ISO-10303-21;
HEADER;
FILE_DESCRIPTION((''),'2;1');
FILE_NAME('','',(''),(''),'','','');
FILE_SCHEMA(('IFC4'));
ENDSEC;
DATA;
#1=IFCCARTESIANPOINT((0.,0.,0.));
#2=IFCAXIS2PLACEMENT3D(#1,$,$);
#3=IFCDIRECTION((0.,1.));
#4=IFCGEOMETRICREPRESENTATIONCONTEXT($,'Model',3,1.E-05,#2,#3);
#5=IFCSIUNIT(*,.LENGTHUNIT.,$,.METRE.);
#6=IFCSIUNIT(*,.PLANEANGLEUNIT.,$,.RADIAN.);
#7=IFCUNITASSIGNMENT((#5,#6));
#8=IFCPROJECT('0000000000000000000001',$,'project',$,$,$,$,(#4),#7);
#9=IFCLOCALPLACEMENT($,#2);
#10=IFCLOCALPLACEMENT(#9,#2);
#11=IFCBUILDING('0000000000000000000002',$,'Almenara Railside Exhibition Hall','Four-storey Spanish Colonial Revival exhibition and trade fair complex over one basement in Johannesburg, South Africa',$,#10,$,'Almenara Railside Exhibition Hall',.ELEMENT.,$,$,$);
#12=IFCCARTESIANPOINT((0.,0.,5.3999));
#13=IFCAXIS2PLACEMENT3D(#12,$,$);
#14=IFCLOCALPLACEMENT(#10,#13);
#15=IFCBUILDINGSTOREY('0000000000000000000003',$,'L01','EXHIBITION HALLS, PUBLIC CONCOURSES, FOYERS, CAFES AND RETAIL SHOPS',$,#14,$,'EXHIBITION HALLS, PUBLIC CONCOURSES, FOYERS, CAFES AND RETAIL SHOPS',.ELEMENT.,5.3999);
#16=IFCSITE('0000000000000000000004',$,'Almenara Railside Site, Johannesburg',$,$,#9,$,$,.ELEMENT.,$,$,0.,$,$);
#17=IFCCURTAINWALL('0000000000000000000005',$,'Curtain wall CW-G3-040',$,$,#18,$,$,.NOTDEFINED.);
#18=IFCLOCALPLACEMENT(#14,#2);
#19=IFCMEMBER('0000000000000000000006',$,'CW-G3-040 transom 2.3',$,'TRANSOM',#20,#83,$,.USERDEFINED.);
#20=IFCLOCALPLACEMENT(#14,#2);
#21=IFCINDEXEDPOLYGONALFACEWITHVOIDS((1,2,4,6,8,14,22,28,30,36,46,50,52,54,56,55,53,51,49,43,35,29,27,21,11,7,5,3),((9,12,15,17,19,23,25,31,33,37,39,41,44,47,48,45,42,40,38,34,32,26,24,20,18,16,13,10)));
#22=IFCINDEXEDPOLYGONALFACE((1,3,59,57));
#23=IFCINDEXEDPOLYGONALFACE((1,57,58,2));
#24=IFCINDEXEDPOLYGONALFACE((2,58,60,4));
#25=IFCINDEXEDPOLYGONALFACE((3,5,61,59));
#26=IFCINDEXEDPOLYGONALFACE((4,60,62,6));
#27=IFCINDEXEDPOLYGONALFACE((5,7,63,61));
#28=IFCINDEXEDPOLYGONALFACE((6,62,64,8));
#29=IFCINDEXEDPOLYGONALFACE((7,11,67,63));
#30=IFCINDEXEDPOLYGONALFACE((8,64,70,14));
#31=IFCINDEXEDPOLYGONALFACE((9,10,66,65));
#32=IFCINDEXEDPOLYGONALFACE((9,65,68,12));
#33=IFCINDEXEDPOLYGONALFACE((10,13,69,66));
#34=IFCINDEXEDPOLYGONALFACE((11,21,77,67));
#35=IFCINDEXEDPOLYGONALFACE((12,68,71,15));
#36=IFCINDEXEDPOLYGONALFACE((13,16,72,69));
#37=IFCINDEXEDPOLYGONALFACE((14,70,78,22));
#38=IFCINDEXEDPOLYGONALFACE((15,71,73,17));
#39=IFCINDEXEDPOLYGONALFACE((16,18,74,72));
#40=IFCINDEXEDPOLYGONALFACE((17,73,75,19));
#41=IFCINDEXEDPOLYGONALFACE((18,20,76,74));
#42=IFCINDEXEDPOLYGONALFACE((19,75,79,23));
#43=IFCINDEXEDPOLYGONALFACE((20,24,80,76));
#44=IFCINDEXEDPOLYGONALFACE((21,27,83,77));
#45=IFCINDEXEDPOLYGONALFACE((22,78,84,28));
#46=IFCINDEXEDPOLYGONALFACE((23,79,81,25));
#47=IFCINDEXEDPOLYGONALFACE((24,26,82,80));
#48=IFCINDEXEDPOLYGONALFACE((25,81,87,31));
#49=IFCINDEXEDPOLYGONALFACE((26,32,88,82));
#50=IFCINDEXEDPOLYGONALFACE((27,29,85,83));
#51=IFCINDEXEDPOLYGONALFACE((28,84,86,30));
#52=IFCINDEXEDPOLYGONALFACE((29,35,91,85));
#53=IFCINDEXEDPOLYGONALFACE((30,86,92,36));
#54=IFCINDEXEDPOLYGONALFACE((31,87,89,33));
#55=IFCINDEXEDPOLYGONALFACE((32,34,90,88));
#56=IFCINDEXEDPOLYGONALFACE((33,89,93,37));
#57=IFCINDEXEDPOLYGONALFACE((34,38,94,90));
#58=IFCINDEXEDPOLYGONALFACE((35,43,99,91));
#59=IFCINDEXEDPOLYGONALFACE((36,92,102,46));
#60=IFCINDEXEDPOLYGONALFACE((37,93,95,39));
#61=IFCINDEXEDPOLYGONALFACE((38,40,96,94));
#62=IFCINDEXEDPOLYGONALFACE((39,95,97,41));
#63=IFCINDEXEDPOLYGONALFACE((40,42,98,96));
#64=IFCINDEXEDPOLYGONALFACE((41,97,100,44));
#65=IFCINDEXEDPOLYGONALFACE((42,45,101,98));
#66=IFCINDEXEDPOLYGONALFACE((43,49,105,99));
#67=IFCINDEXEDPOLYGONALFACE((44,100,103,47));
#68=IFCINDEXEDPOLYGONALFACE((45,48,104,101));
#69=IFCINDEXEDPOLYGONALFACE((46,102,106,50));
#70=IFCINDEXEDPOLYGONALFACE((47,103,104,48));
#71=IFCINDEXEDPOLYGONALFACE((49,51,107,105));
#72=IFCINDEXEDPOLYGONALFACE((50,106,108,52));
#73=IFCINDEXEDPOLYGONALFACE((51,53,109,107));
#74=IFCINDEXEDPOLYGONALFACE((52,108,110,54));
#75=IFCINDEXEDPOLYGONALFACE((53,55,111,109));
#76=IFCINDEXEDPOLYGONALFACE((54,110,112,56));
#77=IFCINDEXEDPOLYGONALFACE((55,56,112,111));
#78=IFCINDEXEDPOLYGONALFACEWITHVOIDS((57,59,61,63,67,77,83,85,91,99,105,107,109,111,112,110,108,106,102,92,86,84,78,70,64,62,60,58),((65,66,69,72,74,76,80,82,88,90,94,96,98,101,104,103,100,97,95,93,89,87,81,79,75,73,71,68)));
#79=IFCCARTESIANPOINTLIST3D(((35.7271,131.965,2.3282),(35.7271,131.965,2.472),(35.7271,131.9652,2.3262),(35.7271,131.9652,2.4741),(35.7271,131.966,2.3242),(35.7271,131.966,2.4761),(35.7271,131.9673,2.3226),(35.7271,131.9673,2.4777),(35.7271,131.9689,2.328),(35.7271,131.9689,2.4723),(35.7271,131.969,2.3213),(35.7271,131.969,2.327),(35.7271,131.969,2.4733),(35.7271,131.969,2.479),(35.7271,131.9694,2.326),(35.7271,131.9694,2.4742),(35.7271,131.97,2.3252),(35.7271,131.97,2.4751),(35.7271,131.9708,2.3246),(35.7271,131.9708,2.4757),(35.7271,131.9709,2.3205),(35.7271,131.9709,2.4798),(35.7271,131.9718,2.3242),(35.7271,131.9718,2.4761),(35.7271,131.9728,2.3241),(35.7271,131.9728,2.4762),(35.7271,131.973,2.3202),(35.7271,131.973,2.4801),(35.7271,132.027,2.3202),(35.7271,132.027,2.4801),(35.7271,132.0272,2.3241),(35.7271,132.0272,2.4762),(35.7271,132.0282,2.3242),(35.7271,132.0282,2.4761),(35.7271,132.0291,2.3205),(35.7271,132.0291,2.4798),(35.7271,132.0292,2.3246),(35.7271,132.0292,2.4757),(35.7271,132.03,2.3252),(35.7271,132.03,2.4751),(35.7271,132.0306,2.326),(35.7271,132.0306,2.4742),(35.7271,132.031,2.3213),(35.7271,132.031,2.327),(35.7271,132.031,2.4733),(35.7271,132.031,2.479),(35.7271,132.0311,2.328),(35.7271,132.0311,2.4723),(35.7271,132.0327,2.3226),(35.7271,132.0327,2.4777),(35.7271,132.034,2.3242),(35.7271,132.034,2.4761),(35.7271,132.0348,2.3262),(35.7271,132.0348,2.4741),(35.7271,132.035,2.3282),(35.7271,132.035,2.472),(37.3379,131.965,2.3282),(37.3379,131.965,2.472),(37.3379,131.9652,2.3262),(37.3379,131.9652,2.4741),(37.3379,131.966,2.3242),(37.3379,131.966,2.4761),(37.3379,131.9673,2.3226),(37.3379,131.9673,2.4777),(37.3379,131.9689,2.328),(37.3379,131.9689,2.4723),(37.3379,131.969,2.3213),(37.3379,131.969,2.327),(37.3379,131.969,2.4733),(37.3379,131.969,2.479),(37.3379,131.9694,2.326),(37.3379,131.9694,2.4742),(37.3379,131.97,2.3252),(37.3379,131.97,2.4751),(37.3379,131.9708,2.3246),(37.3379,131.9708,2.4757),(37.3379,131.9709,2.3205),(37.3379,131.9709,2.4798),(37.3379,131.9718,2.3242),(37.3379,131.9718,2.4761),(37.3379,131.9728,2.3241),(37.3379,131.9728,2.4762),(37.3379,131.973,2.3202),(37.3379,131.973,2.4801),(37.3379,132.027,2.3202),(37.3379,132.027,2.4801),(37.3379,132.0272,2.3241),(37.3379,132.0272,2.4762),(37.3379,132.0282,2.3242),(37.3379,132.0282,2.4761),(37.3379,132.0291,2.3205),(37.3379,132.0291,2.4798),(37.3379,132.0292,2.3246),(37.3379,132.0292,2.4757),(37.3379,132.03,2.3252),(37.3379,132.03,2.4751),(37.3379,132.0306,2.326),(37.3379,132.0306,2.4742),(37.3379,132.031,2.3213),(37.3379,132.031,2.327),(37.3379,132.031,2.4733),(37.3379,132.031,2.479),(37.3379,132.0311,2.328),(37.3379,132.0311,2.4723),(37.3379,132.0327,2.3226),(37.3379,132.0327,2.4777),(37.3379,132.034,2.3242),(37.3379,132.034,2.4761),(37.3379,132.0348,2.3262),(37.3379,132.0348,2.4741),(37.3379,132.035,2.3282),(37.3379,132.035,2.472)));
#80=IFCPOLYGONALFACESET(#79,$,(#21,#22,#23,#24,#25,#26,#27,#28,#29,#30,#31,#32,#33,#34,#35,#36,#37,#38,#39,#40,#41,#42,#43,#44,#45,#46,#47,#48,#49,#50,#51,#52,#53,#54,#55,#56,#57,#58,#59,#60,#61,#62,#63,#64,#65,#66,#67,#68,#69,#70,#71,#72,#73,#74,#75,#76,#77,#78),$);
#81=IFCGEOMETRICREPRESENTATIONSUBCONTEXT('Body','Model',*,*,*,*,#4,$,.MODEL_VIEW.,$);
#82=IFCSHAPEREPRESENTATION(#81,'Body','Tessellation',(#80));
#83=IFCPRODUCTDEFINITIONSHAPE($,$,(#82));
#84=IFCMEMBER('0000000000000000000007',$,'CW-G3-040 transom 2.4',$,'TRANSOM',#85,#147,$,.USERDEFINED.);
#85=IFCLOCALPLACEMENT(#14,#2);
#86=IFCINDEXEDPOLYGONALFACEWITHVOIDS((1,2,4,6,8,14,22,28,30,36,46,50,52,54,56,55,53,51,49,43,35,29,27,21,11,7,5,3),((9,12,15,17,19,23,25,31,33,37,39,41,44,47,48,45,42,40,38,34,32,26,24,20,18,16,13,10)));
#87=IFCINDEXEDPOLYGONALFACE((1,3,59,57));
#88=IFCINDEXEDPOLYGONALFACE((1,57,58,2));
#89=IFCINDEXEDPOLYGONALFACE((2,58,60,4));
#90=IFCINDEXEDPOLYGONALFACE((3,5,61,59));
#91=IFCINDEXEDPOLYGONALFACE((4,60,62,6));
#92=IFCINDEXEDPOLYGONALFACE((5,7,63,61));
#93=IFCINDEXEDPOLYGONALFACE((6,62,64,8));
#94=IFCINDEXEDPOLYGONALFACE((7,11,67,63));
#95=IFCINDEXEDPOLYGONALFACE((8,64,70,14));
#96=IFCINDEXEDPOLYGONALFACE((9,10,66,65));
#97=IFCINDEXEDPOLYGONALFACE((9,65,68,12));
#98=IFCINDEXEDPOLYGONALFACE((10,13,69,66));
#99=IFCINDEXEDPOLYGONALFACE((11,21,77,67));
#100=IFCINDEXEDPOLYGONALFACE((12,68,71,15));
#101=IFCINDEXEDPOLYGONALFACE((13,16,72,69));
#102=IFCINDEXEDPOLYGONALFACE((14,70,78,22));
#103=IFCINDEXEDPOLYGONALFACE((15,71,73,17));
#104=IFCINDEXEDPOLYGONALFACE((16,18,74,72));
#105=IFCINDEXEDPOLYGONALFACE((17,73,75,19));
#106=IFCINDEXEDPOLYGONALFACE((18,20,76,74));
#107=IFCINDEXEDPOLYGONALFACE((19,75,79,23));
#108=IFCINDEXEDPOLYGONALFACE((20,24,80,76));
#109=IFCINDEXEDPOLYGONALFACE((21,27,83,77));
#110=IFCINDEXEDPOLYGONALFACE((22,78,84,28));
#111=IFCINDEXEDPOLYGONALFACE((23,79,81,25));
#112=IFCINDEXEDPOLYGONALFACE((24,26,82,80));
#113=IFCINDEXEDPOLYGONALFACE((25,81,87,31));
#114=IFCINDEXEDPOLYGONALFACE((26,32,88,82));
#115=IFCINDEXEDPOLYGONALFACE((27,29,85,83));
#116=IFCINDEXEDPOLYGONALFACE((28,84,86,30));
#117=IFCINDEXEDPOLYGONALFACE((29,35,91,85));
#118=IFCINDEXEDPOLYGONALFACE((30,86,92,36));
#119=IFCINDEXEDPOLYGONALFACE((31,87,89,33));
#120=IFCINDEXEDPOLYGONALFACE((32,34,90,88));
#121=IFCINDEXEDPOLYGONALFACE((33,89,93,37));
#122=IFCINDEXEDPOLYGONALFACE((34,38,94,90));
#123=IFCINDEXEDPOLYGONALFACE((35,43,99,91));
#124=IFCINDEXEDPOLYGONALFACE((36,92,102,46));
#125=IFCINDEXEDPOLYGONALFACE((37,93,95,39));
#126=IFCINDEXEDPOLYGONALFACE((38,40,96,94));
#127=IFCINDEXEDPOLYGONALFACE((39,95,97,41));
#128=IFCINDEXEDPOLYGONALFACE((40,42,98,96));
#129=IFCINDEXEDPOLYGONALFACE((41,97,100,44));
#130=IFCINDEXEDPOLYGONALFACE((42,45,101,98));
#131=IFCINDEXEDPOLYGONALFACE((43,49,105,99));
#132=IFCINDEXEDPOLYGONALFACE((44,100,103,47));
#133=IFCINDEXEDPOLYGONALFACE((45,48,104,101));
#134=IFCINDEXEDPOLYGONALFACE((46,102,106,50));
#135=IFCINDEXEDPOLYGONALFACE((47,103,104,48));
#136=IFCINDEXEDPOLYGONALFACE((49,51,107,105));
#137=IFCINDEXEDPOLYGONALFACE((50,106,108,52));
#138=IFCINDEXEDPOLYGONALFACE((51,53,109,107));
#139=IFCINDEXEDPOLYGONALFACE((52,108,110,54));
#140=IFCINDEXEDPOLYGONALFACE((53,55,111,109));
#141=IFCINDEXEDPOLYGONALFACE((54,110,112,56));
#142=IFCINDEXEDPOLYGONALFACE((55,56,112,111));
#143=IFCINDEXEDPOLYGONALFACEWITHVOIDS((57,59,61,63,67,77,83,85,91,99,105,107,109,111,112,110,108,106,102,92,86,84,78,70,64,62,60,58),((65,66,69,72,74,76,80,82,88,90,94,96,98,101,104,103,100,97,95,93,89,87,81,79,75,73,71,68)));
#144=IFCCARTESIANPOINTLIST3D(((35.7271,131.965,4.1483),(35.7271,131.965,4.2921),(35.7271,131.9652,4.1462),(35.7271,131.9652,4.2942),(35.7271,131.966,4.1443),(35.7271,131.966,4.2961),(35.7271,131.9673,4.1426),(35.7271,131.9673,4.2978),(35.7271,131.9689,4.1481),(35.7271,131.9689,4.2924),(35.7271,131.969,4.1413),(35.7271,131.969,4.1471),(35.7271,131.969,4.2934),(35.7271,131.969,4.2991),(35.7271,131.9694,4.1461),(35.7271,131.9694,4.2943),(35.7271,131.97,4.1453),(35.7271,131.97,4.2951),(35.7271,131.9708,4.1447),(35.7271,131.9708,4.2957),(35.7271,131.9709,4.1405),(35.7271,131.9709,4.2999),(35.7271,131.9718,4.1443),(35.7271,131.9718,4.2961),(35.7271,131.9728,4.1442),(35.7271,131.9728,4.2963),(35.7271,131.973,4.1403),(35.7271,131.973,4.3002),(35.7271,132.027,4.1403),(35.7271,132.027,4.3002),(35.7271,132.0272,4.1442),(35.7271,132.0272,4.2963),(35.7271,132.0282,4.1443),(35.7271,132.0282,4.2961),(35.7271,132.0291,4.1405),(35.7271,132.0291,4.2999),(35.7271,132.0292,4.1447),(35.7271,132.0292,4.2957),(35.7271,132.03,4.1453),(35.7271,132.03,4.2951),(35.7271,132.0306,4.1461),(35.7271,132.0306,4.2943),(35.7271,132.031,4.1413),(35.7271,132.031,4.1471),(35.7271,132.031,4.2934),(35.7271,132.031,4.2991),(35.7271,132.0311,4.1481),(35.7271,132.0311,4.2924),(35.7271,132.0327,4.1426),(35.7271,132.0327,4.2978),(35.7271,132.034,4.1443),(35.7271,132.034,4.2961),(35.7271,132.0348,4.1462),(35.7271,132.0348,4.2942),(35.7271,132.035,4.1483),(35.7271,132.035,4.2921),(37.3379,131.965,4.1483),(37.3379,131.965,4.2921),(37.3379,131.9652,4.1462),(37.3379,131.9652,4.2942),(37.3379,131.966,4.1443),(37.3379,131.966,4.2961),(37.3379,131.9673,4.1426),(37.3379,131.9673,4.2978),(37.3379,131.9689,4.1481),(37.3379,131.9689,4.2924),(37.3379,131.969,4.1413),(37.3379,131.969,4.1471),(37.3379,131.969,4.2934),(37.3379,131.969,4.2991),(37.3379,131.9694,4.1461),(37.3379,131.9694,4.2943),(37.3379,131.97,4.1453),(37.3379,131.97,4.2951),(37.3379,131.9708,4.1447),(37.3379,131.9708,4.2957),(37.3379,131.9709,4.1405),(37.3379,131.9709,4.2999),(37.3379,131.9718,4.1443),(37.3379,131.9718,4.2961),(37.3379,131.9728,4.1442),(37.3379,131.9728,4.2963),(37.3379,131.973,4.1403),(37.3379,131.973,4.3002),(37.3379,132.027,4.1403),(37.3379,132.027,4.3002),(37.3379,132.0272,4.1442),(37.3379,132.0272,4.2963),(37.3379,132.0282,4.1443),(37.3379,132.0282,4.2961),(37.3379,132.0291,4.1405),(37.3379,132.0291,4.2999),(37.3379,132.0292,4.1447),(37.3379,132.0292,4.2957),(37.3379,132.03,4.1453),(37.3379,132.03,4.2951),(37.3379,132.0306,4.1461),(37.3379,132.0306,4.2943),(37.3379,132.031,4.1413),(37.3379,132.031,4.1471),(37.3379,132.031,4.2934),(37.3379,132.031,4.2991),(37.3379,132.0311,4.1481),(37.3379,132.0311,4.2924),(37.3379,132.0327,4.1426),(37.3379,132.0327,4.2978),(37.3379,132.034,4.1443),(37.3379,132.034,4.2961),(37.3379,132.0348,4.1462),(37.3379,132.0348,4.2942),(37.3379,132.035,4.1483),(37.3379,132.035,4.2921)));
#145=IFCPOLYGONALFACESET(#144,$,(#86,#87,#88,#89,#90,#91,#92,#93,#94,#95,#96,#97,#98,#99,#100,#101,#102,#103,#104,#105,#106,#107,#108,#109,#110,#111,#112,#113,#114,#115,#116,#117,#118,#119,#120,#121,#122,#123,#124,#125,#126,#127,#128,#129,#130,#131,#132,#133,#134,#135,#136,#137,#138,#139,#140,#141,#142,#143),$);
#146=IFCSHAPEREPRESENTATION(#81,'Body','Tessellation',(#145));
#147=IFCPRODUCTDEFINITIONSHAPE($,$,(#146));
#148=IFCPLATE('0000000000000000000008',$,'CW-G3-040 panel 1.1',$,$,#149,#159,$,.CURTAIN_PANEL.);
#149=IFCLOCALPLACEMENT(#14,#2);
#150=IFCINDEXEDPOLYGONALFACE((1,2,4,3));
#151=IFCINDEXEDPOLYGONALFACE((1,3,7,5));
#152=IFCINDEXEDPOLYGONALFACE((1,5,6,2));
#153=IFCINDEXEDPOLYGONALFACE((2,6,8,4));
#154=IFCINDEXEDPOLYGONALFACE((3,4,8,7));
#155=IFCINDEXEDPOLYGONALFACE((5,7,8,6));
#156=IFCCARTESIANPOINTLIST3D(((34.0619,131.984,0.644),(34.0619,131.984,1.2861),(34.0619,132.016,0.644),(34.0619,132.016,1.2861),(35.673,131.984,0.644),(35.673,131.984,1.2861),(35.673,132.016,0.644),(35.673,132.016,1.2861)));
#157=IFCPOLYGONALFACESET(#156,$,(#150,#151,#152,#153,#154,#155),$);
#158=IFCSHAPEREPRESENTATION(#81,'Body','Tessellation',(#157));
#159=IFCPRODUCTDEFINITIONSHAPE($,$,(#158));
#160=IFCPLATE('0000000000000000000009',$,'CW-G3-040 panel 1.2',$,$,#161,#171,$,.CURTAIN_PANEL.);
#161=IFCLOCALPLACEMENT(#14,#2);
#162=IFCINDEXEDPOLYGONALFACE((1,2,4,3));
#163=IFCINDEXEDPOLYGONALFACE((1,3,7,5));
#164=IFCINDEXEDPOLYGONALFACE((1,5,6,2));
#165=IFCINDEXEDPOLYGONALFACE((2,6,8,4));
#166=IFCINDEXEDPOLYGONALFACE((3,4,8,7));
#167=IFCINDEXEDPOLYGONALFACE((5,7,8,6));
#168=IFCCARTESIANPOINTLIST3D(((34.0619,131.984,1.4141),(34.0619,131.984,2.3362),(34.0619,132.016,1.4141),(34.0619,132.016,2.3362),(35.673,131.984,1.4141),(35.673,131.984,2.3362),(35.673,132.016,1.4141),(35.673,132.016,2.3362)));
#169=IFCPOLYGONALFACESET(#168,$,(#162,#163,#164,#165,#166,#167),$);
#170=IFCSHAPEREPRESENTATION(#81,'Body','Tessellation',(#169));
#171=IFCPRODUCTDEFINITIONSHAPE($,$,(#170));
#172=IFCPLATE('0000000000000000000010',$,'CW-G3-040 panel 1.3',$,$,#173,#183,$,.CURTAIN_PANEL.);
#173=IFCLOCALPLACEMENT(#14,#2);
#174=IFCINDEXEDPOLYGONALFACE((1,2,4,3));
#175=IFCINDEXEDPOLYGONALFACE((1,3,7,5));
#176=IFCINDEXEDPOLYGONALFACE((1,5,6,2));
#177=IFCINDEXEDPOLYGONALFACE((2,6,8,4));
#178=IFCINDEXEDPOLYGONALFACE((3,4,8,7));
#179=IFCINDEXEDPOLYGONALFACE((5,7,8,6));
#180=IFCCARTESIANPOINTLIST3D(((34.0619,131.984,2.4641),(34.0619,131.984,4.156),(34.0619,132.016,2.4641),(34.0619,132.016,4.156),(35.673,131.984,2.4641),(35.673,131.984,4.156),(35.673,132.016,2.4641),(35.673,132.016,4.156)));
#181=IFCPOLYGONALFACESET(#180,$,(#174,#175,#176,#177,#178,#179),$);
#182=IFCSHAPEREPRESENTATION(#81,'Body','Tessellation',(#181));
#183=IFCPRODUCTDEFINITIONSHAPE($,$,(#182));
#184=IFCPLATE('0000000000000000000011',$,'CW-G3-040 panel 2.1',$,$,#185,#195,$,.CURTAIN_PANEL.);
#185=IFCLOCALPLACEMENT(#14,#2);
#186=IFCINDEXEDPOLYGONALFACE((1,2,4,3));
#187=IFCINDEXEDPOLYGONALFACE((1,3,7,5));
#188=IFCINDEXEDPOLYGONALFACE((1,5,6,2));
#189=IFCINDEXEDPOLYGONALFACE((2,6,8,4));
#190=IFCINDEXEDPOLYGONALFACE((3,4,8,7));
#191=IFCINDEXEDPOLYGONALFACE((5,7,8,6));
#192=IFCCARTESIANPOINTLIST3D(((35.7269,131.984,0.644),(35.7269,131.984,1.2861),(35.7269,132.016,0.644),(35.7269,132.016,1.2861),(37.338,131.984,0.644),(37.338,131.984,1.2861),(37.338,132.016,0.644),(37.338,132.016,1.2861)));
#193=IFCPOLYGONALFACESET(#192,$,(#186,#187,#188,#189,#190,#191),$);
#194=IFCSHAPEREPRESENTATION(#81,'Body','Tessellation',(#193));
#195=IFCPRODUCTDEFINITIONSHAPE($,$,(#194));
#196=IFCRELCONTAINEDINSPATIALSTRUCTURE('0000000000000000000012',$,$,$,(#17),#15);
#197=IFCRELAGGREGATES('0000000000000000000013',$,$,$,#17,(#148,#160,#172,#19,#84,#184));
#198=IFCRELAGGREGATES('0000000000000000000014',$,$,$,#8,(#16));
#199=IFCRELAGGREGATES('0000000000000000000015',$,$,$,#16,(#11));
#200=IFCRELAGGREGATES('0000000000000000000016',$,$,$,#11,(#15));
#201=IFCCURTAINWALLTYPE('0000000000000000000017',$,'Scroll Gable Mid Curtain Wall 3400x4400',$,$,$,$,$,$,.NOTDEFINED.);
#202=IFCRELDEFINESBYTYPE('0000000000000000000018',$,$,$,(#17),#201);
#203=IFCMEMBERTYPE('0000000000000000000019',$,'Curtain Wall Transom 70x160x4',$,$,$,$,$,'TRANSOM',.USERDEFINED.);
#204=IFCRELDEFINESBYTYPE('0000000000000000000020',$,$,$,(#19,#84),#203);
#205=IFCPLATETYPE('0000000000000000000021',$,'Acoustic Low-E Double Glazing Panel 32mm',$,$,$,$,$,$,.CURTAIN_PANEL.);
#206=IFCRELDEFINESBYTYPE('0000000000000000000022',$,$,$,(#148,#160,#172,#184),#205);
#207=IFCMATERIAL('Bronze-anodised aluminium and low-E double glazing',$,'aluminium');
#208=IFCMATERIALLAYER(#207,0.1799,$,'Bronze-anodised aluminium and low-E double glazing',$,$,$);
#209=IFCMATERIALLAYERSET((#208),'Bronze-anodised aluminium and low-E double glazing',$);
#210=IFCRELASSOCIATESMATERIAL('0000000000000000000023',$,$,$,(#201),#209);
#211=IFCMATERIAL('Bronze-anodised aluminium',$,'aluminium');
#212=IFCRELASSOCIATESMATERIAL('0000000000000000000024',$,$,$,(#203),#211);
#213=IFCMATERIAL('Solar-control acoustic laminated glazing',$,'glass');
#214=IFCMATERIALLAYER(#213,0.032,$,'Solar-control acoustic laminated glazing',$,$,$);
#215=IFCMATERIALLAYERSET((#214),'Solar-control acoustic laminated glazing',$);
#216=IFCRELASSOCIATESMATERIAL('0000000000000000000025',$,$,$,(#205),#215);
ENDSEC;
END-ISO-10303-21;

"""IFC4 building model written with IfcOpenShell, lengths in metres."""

from ifc_helpers import new_model, si_unit, direction, frame, origin, origin_2d, place, context, subcontext, project, spatial, rectangle, hollow_rectangle, extrude, material, layer, layer_set, material_profile, profile_set, type_object, element, aggregate, save


model = new_model("IFC4")

# Units and contexts
model_context = context("Model", 3, precision=1e-05, world=origin(), true_north=direction((0.0, 1.0)))
body_context = subcontext(model_context, "Body", "Model", "MODEL_VIEW")
ifc_project = project(units=[si_unit("LENGTHUNIT", "METRE"), si_unit("PLANEANGLEUNIT", "RADIAN")], contexts=[model_context])

# Site, building, storey
site_placement = place(None, origin())
site = spatial("IfcSite", under=ifc_project, at=site_placement, Name="Almenara Railside Site, Johannesburg", CompositionType="ELEMENT", RefElevation=0.0)
building_placement = place(site_placement, origin())
building = spatial("IfcBuilding", under=site, at=building_placement, Name="Almenara Railside Exhibition Hall", Description="Four-storey Spanish Colonial Revival exhibition and trade fair complex over one basement in Johannesburg, South Africa", LongName="Almenara Railside Exhibition Hall", CompositionType="ELEMENT")
storey_placement = place(building_placement, frame((0.0, 0.0, 5.3999)))
storey = spatial("IfcBuildingStorey", under=building, at=storey_placement, Name="L01", Description="EXHIBITION HALLS, PUBLIC CONCOURSES, FOYERS, CAFES AND RETAIL SHOPS", LongName="EXHIBITION HALLS, PUBLIC CONCOURSES, FOYERS, CAFES AND RETAIL SHOPS", CompositionType="ELEMENT", Elevation=5.3999)

# Shared definitions
ifc_material_1 = material(Name="Bronze-anodised aluminium and low-E double glazing", Category="aluminium")
ifc_layer_1 = layer(ifc_material_1, 0.1799, Name="Bronze-anodised aluminium and low-E double glazing")
ifc_layer_set_1 = layer_set([ifc_layer_1], Name="Bronze-anodised aluminium and low-E double glazing")
curtain_wall_type = type_object("IfcCurtainWallType", Name="Scroll Gable Mid Curtain Wall 3400x4400", PredefinedType="NOTDEFINED", material=ifc_layer_set_1)
ifc_material_2 = material(Name="Bronze-anodised aluminium", Category="aluminium")

# Curtain wall
curtain_wall_1_placement = place(storey_placement, origin())
curtain_wall_1 = element("IfcCurtainWall", 1, at=curtain_wall_1_placement, inside=storey, type_object=curtain_wall_type, Name="Curtain wall CW-G3-040", PredefinedType="NOTDEFINED")

# Members
ifc_material_profile_1 = material_profile(ifc_material_2, hollow_rectangle(XDim=0.0701, YDim=0.1599, WallThickness=0.0039, InnerFilletRadius=0.0039, OuterFilletRadius=0.0081, at=origin_2d()), Name="ALU-TRN 70x160x4")
ifc_profile_set_1 = profile_set([ifc_material_profile_1], Name="Bronze-anodised aluminium")
member_type_1 = type_object("IfcMemberType", Name="Curtain Wall Transom 70x160x4", ElementType="TRANSOM", PredefinedType="USERDEFINED", material=ifc_profile_set_1)
member_1_placement = place(storey_placement, frame((35.7271, 132.0, 2.4001), z_axis=(1.0, 0.0, 0.0), x_axis=(0.0, 1.0, 0.0)))
member_1 = element("IfcMember", 2, at=member_1_placement, type_object=member_type_1, Name="CW-G3-040 transom 2.3", ObjectType="TRANSOM", PredefinedType="USERDEFINED", context=body_context, shape_type="SweptSolid", body=[
    extrude(hollow_rectangle(XDim=0.0701, YDim=0.1599, WallThickness=0.0039, InnerFilletRadius=0.0039, OuterFilletRadius=0.0081, at=origin_2d()), origin(), (0.0, 0.0, 1.0), 1.6108),
])
member_2_placement = place(storey_placement, frame((35.7271, 132.0, 4.2202), z_axis=(1.0, 0.0, 0.0), x_axis=(0.0, 1.0, 0.0)))
member_2 = element("IfcMember", 3, at=member_2_placement, type_object=member_type_1, Name="CW-G3-040 transom 2.4", ObjectType="TRANSOM", PredefinedType="USERDEFINED", context=body_context, shape_type="SweptSolid", body=[
    extrude(hollow_rectangle(XDim=0.0701, YDim=0.1599, WallThickness=0.0039, InnerFilletRadius=0.0039, OuterFilletRadius=0.0081, at=origin_2d()), origin(), (0.0, 0.0, 1.0), 1.6108),
])

# Plates
ifc_material_3 = material(Name="Solar-control acoustic laminated glazing", Category="glass")
ifc_layer_2 = layer(ifc_material_3, 0.032, Name="Solar-control acoustic laminated glazing")
ifc_layer_set_2 = layer_set([ifc_layer_2], Name="Solar-control acoustic laminated glazing")
plate_type_1 = type_object("IfcPlateType", Name="Acoustic Low-E Double Glazing Panel 32mm", PredefinedType="CURTAIN_PANEL", material=ifc_layer_set_2)
plate_1_placement = place(storey_placement, frame((34.8674, 132.0, 0.644), z_axis=(0.0, 0.0, 1.0), x_axis=(1.0, 0.0, 0.0)))
plate_1 = element("IfcPlate", 4, at=plate_1_placement, type_object=plate_type_1, Name="CW-G3-040 panel 1.1", PredefinedType="CURTAIN_PANEL", context=body_context, shape_type="SweptSolid", body=[
    extrude(rectangle(XDim=1.6111, YDim=0.032, at=origin_2d()), origin(), (0.0, 0.0, 1.0), 0.6421),
])
plate_2_placement = place(storey_placement, frame((34.8674, 132.0, 1.4141), z_axis=(0.0, 0.0, 1.0), x_axis=(1.0, 0.0, 0.0)))
plate_2 = element("IfcPlate", 5, at=plate_2_placement, type_object=plate_type_1, Name="CW-G3-040 panel 1.2", PredefinedType="CURTAIN_PANEL", context=body_context, shape_type="SweptSolid", body=[
    extrude(rectangle(XDim=1.6111, YDim=0.032, at=origin_2d()), origin(), (0.0, 0.0, 1.0), 0.9221),
])
plate_3_placement = place(storey_placement, frame((34.8674, 132.0, 2.4641), z_axis=(0.0, 0.0, 1.0), x_axis=(1.0, 0.0, 0.0)))
plate_3 = element("IfcPlate", 6, at=plate_3_placement, type_object=plate_type_1, Name="CW-G3-040 panel 1.3", PredefinedType="CURTAIN_PANEL", context=body_context, shape_type="SweptSolid", body=[
    extrude(rectangle(XDim=1.6111, YDim=0.032, at=origin_2d()), origin(), (0.0, 0.0, 1.0), 1.6919),
])
plate_4_placement = place(storey_placement, frame((36.5325, 132.0, 0.644), z_axis=(0.0, 0.0, 1.0), x_axis=(1.0, 0.0, 0.0)))
plate_4 = element("IfcPlate", 7, at=plate_4_placement, type_object=plate_type_1, Name="CW-G3-040 panel 2.1", PredefinedType="CURTAIN_PANEL", context=body_context, shape_type="SweptSolid", body=[
    extrude(rectangle(XDim=1.6111, YDim=0.032, at=origin_2d()), origin(), (0.0, 0.0, 1.0), 0.6421),
])
aggregate(curtain_wall_1, [plate_1, plate_2, plate_3, member_1, member_2, plate_4])

save(model, "model.ifc")
